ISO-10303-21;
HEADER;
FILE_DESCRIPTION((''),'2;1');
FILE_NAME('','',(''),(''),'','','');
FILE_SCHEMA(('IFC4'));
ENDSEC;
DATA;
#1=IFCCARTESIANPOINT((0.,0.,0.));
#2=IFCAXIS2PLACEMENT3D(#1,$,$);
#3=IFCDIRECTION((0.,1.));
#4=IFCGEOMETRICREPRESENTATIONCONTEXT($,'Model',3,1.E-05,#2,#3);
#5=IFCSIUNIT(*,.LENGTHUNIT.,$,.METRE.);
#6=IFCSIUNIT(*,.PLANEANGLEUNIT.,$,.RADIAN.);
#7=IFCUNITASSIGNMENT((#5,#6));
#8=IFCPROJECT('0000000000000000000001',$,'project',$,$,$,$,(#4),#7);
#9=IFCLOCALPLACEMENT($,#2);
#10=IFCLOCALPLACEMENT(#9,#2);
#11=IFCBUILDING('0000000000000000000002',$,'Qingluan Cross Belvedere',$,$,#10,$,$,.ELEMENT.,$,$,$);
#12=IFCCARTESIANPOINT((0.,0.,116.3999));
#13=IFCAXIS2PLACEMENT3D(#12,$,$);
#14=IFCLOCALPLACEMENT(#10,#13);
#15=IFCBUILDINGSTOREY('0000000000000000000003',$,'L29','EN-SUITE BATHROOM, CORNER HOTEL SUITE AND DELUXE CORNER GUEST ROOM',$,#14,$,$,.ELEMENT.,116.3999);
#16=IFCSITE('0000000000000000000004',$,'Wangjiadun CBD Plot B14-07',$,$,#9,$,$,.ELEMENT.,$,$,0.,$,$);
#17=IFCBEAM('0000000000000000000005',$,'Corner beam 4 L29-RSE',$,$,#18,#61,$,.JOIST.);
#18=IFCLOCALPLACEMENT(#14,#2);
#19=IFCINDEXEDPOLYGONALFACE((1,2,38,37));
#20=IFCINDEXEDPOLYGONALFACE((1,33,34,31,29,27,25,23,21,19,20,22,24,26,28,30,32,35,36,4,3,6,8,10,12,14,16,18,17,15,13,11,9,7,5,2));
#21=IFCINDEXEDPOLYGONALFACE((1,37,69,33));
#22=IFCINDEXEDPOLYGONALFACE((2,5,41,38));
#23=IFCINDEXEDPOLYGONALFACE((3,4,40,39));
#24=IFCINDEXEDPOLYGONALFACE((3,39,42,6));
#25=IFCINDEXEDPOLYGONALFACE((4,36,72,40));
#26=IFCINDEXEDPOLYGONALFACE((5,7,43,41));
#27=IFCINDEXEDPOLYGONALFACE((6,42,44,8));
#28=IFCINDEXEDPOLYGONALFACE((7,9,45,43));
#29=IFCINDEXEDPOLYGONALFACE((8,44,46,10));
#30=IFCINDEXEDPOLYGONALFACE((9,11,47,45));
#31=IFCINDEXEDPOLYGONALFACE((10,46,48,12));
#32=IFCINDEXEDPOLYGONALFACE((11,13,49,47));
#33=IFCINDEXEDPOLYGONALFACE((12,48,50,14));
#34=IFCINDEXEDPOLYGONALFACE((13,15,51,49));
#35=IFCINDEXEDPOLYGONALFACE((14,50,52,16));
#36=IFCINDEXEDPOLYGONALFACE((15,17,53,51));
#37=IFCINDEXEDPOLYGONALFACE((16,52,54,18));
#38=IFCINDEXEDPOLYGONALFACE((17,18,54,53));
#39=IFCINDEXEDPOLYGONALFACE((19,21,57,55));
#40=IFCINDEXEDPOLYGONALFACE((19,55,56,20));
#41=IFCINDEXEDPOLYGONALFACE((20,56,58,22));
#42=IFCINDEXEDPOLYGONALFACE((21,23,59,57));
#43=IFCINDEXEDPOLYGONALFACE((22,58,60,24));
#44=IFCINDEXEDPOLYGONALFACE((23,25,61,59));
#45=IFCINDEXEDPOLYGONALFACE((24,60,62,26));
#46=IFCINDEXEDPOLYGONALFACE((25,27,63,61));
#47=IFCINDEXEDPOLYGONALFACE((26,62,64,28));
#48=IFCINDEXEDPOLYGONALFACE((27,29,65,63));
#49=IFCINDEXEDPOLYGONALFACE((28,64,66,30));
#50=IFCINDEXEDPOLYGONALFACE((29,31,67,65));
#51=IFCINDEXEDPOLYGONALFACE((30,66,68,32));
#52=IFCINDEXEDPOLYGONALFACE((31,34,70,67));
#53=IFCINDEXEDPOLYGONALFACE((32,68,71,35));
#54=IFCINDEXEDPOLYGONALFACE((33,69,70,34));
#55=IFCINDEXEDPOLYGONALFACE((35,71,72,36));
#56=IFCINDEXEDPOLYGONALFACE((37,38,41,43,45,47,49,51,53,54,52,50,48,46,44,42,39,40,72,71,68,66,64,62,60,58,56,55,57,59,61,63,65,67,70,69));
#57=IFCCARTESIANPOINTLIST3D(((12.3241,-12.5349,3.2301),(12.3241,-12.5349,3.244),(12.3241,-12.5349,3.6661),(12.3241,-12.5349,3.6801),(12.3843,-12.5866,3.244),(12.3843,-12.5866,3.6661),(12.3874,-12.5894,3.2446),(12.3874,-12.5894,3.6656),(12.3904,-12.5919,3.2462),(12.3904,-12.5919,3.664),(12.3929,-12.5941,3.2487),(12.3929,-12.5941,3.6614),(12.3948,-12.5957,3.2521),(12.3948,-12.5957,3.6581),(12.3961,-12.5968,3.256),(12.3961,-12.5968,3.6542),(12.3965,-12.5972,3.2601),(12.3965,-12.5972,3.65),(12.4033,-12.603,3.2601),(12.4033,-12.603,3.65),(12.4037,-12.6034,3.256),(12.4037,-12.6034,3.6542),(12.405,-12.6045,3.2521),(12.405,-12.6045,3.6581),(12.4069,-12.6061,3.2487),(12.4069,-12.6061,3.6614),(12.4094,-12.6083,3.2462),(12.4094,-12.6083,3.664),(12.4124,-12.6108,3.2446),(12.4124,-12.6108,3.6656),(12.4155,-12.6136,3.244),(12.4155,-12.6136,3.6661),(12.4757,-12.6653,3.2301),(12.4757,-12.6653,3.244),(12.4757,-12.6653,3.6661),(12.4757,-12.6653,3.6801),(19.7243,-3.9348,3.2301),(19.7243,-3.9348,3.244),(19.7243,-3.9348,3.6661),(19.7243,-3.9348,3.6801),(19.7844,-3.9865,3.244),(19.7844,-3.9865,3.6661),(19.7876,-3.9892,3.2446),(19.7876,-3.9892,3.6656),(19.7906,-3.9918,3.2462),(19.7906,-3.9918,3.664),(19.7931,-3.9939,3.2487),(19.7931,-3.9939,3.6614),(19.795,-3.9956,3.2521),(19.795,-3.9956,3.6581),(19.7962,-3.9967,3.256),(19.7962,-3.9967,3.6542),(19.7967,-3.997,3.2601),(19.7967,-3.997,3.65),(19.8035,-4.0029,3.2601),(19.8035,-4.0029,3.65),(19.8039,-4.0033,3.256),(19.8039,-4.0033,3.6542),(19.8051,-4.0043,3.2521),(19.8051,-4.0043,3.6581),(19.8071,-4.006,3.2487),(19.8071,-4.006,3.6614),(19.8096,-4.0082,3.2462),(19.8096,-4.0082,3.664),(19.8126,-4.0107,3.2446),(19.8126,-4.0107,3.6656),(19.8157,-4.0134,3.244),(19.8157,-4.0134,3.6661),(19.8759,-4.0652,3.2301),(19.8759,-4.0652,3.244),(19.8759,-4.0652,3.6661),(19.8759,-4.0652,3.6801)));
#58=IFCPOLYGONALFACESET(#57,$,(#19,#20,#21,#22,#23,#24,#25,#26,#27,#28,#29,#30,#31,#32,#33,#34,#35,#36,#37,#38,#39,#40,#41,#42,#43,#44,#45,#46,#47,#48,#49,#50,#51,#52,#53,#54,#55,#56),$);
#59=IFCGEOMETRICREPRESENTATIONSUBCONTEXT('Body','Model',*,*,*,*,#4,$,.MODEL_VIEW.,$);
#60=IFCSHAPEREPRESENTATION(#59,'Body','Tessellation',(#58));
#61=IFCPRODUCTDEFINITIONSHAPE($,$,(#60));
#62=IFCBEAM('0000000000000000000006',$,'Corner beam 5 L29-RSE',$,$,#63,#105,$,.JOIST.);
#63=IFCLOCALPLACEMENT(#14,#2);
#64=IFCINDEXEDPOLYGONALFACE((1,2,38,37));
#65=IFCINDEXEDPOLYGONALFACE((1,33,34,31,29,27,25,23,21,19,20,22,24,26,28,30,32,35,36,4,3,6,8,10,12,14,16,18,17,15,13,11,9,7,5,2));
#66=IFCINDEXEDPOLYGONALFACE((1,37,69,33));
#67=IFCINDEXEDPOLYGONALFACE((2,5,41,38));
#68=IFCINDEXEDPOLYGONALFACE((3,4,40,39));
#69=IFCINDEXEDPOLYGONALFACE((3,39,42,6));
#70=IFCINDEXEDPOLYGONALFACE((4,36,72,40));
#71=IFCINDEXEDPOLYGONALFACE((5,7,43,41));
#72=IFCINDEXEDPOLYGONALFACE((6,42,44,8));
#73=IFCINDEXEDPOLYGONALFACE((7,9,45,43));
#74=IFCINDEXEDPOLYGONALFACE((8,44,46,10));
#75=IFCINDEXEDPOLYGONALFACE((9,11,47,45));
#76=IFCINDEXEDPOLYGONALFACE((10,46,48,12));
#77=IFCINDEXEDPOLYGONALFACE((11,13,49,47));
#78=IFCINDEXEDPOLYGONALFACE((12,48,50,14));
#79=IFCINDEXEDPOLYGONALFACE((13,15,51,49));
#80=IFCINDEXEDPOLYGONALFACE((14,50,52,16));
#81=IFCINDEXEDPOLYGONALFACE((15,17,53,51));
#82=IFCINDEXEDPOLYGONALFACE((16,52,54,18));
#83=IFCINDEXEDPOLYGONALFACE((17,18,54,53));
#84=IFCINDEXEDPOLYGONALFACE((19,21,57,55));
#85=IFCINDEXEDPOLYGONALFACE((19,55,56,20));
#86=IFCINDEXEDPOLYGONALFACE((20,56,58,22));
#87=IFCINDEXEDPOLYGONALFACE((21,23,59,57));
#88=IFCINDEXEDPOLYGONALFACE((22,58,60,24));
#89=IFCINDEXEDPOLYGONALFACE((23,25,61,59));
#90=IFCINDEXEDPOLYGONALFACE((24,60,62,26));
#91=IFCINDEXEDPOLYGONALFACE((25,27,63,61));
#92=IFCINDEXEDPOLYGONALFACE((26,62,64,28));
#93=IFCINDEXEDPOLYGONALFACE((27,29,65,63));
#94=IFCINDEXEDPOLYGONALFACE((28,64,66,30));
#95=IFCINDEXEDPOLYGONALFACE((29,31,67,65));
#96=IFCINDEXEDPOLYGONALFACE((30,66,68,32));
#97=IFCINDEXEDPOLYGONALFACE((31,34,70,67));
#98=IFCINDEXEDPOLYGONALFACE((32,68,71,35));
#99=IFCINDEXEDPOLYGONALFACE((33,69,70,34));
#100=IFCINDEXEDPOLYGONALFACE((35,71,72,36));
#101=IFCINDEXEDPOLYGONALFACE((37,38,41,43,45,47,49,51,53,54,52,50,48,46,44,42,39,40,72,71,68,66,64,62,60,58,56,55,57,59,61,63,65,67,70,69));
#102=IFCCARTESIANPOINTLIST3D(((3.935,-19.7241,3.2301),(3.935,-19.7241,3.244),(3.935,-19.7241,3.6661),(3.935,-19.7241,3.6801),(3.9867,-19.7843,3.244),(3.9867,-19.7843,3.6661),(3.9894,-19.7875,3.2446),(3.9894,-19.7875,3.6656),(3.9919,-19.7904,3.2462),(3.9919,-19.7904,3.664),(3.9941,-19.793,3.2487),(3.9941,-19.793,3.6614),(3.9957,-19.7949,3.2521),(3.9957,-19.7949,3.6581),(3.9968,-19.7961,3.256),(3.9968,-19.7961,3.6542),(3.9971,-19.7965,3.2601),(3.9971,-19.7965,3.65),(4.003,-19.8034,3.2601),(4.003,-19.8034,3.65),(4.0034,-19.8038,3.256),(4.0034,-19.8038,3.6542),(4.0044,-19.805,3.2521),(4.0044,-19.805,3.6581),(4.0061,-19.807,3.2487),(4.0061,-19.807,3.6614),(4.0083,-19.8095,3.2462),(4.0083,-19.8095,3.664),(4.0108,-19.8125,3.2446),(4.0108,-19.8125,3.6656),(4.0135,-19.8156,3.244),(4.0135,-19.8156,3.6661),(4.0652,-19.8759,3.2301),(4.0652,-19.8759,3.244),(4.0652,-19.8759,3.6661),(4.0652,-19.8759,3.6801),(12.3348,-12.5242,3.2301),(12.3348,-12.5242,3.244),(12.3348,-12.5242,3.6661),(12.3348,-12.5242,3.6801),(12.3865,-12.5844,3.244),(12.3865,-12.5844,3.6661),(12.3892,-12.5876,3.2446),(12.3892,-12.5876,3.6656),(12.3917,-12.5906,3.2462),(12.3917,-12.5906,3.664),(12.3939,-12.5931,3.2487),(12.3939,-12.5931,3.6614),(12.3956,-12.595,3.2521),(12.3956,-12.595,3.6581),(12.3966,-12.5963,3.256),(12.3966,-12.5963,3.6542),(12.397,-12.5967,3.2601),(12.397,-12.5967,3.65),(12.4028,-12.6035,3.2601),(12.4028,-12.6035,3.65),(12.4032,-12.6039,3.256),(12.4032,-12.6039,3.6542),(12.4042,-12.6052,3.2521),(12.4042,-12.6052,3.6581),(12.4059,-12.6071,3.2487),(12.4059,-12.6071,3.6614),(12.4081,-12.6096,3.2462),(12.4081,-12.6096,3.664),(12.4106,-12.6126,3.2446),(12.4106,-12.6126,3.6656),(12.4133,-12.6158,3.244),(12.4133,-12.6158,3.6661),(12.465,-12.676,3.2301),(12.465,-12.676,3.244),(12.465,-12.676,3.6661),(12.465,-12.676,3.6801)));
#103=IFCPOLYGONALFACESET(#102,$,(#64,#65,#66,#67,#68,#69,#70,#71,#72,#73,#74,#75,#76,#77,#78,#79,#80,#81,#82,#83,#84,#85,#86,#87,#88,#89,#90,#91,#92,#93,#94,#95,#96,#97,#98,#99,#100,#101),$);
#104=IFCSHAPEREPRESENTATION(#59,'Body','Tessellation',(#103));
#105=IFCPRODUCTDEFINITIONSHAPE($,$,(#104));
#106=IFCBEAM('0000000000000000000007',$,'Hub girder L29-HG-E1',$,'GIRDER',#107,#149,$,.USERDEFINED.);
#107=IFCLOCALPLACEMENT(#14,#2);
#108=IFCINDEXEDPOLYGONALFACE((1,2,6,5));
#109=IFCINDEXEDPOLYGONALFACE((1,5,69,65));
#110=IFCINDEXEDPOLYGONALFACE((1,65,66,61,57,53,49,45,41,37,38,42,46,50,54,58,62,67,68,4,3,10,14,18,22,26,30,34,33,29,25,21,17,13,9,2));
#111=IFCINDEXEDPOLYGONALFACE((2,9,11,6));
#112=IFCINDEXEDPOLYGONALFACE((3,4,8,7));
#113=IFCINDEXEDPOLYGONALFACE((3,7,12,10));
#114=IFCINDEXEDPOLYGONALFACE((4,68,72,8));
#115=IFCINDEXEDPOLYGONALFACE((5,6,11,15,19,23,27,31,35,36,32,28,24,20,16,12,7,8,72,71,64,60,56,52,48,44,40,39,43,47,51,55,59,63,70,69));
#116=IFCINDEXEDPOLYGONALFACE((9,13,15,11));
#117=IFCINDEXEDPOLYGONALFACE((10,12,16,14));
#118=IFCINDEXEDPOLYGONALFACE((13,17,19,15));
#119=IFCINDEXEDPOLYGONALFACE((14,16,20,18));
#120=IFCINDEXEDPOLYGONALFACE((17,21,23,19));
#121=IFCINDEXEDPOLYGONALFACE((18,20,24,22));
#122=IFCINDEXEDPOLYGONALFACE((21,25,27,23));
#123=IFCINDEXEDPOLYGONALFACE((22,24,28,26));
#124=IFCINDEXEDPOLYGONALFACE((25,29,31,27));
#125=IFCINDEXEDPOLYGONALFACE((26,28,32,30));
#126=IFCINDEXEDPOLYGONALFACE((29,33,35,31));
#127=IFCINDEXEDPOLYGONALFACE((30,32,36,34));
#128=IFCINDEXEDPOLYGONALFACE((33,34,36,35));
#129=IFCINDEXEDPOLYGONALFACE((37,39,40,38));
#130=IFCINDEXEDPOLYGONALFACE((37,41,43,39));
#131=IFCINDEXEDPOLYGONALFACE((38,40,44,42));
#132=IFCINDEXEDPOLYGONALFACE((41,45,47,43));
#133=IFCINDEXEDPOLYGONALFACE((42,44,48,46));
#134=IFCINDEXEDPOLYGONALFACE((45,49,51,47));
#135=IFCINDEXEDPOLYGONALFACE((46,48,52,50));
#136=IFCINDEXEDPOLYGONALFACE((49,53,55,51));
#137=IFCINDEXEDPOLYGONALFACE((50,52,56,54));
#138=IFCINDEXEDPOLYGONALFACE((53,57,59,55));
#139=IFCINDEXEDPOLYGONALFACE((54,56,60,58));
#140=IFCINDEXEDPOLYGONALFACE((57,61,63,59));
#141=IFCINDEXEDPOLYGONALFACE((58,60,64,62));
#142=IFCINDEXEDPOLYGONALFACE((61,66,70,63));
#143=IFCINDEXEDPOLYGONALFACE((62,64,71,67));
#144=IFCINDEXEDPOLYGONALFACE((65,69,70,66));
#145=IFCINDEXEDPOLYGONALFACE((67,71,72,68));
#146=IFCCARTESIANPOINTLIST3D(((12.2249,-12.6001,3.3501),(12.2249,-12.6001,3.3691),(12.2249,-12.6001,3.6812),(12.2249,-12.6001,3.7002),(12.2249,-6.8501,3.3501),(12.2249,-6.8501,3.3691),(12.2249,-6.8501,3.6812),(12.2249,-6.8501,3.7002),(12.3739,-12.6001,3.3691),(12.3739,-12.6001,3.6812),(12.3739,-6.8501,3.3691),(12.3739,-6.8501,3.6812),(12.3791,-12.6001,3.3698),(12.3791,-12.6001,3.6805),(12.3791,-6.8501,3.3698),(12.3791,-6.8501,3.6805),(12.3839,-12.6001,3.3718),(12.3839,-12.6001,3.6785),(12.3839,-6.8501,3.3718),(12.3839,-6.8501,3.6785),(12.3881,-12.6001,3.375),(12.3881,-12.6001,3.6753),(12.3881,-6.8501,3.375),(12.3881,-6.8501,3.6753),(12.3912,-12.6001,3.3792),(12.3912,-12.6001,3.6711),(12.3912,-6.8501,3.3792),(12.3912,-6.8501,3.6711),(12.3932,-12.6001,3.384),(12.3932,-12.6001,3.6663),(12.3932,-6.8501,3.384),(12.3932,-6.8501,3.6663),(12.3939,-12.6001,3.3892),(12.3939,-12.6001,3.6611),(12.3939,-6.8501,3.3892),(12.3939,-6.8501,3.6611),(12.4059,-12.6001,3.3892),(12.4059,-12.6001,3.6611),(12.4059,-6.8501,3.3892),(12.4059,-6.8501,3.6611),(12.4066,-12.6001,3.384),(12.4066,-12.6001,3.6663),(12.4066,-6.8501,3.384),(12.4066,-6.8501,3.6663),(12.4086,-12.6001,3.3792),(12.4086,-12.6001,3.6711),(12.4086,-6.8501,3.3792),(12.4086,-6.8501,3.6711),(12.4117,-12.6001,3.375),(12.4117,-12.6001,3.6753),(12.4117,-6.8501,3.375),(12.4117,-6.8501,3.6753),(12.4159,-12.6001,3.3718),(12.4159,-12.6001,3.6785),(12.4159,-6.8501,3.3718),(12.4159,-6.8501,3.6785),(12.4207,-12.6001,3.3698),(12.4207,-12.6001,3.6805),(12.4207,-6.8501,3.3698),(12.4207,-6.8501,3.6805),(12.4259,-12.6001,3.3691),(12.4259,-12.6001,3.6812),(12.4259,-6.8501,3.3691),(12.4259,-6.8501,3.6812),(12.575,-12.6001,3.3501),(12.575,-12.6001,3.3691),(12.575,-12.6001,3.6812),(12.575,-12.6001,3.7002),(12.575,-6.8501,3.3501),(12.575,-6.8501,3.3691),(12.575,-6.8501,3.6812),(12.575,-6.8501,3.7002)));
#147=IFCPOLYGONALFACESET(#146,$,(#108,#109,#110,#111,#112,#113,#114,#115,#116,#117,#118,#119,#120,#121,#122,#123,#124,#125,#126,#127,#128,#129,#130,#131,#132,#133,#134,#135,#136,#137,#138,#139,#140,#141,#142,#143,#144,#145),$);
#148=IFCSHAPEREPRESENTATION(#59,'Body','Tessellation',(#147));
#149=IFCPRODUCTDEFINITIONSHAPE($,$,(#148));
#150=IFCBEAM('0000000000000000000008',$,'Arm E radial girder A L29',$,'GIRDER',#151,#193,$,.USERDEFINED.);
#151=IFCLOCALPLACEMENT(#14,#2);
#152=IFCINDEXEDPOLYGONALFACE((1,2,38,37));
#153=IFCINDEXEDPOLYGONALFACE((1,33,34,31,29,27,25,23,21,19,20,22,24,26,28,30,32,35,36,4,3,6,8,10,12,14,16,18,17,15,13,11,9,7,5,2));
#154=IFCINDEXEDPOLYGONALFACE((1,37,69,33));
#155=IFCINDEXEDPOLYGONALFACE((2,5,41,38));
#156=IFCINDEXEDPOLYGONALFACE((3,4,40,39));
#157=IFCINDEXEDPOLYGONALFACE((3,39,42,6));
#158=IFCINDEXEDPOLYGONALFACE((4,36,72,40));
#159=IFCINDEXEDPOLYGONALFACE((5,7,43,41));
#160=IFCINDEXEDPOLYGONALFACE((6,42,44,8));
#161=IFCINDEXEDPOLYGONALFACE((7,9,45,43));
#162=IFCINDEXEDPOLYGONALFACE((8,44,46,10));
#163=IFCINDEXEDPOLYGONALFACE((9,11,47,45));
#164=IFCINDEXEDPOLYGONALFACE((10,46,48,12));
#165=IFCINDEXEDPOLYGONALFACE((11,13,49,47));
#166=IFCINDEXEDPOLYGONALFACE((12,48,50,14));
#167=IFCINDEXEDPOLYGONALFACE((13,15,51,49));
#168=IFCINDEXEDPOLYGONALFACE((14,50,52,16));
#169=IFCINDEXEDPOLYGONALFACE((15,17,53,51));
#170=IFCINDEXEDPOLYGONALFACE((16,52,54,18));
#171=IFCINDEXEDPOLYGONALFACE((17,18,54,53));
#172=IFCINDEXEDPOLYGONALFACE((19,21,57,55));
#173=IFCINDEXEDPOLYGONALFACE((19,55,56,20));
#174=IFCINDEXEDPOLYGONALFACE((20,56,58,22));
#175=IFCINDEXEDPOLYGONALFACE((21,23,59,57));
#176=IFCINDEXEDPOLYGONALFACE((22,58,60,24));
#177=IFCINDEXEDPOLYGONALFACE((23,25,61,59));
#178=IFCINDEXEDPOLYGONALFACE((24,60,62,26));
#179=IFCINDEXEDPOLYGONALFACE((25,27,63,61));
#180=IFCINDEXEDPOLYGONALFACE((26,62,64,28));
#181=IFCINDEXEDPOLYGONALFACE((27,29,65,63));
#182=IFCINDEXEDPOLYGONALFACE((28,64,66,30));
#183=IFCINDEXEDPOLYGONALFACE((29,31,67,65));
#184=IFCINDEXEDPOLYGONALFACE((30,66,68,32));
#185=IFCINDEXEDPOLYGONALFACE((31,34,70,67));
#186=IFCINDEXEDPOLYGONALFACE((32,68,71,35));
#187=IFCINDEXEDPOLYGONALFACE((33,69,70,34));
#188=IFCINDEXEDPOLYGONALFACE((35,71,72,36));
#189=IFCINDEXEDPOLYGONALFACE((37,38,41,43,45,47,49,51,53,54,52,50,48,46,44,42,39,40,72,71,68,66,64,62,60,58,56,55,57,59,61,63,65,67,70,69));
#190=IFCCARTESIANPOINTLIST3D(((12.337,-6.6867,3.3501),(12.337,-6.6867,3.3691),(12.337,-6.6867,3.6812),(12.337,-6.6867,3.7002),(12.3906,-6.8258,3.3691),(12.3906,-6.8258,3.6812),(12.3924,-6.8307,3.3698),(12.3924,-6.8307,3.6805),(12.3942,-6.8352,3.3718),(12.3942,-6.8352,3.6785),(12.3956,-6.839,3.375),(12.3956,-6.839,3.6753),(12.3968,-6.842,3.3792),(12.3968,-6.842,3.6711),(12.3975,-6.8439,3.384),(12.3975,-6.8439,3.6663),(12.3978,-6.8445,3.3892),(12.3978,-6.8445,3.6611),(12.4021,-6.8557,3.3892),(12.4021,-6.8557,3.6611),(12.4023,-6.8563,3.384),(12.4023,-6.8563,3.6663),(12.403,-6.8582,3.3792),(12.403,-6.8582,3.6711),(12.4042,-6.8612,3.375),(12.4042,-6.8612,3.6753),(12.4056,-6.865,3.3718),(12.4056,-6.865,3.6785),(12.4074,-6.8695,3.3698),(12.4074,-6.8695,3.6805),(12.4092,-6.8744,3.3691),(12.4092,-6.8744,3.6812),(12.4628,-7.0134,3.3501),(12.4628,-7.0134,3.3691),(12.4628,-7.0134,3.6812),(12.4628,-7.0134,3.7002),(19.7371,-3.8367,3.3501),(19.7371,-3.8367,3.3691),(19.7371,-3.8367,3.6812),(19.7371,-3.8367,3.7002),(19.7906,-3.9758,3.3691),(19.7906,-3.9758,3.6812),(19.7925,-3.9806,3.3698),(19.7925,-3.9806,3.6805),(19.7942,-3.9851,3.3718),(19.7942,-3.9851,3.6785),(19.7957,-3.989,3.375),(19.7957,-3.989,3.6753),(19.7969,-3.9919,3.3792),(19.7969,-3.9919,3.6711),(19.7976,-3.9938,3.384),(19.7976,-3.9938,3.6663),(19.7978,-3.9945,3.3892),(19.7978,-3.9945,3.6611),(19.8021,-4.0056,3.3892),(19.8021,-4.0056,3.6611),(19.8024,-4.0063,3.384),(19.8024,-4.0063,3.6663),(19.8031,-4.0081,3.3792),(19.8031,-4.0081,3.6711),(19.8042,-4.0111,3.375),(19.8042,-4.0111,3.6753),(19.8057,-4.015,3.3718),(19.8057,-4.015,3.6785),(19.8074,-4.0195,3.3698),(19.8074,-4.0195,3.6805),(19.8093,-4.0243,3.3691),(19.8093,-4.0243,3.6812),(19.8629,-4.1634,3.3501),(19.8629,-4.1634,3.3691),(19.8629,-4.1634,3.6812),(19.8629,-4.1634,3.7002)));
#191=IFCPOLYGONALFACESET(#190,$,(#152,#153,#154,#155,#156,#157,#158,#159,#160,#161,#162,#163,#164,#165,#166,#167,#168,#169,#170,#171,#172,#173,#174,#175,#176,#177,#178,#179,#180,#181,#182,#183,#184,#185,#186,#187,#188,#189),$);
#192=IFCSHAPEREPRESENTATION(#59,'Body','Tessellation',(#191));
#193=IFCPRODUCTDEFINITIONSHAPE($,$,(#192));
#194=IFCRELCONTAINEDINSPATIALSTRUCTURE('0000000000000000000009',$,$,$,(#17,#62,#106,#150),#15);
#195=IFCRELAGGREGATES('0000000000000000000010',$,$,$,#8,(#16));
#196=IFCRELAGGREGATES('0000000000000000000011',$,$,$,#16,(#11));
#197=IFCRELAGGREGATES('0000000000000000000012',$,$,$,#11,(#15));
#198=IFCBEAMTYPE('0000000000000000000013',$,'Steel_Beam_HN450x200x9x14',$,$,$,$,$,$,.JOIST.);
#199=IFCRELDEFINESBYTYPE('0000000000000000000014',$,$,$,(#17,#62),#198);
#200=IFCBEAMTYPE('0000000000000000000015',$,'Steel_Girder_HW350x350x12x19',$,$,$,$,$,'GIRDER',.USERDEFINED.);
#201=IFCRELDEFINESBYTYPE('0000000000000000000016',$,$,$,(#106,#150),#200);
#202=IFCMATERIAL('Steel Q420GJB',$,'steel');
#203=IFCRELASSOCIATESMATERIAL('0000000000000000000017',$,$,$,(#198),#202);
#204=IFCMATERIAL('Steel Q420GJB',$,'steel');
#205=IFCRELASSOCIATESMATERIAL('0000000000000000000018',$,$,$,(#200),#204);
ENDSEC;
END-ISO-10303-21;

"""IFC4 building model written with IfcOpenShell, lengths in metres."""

from ifc_helpers import new_model, si_unit, direction, frame, origin, origin_2d, place, context, subcontext, project, spatial, i_section, extrude, material, material_profile, profile_set, type_object, element, save


model = new_model("IFC4")

# Units and contexts
model_context = context("Model", 3, precision=1e-05, world=origin(), true_north=direction((0.0, 1.0)))
body_context = subcontext(model_context, "Body", "Model", "MODEL_VIEW")
ifc_project = project(units=[si_unit("LENGTHUNIT", "METRE"), si_unit("PLANEANGLEUNIT", "RADIAN")], contexts=[model_context])

# Site, building, storey
site_placement = place(None, origin())
site = spatial("IfcSite", under=ifc_project, at=site_placement, Name="Wangjiadun CBD Plot B14-07", CompositionType="ELEMENT", RefElevation=0.0)
building_placement = place(site_placement, origin())
building = spatial("IfcBuilding", under=site, at=building_placement, Name="Qingluan Cross Belvedere", CompositionType="ELEMENT")
storey_placement = place(building_placement, frame((0.0, 0.0, 116.3999)))
storey = spatial("IfcBuildingStorey", under=building, at=storey_placement, Name="L29", Description="EN-SUITE BATHROOM, CORNER HOTEL SUITE AND DELUXE CORNER GUEST ROOM", CompositionType="ELEMENT", Elevation=116.3999)

# Beams
ifc_material_1 = material(Name="Steel Q420GJB", Category="steel")
ifc_material_profile_1 = material_profile(ifc_material_1, i_section(OverallWidth=0.2, OverallDepth=0.45, WebThickness=0.009, FlangeThickness=0.0139, FilletRadius=0.0161, at=origin_2d()), Name="HN450x200x9x14")
ifc_profile_set_1 = profile_set([ifc_material_profile_1], Name="Steel Q420GJB")
beam_type_1 = type_object("IfcBeamType", Name="Steel_Beam_HN450x200x9x14", PredefinedType="JOIST", material=ifc_profile_set_1)
beam_1_placement = place(storey_placement, frame((12.3999, -12.6001, 3.4551), z_axis=(0.652245, 0.758008, 0.0), x_axis=(-0.758008, 0.652245, 0.0)))
element("IfcBeam", 1, at=beam_1_placement, inside=storey, type_object=beam_type_1, Name="Corner beam 4 L29-RSE", PredefinedType="JOIST", context=body_context, shape_type="SweptSolid", body=[
    extrude(i_section(OverallWidth=0.2, OverallDepth=0.45, WebThickness=0.009, FlangeThickness=0.0139, FilletRadius=0.0161, at=origin_2d()), origin(), (0.0, 0.0, 1.0), 11.3457),
])
beam_2_placement = place(storey_placement, frame((12.3999, -12.6001, 3.4551), z_axis=(-0.759255, -0.650793, 0.0), x_axis=(0.650793, -0.759255, 0.0)))
element("IfcBeam", 2, at=beam_2_placement, inside=storey, type_object=beam_type_1, Name="Corner beam 5 L29-RSE", PredefinedType="JOIST", context=body_context, shape_type="SweptSolid", body=[
    extrude(i_section(OverallWidth=0.2, OverallDepth=0.45, WebThickness=0.009, FlangeThickness=0.0139, FilletRadius=0.0161, at=origin_2d()), origin(), (0.0, 0.0, 1.0), 11.0632),
])
ifc_material_2 = material(Name="Steel Q420GJB", Category="steel")
ifc_material_profile_2 = material_profile(ifc_material_2, i_section(OverallWidth=0.3501, OverallDepth=0.3501, WebThickness=0.012, FlangeThickness=0.019, FilletRadius=0.02, at=origin_2d()), Name="HW350x350x12x19")
ifc_profile_set_2 = profile_set([ifc_material_profile_2], Name="Steel Q420GJB")
beam_type_2 = type_object("IfcBeamType", Name="Steel_Girder_HW350x350x12x19", ElementType="GIRDER", PredefinedType="USERDEFINED", material=ifc_profile_set_2)
beam_3_placement = place(storey_placement, frame((12.3999, -12.6001, 3.5251), z_axis=(0.0, 1.0, 0.0), x_axis=(-1.0, 0.0, 0.0)))
element("IfcBeam", 3, at=beam_3_placement, inside=storey, type_object=beam_type_2, Name="Hub girder L29-HG-E1", ObjectType="GIRDER", PredefinedType="USERDEFINED", context=body_context, shape_type="SweptSolid", body=[
    extrude(i_section(OverallWidth=0.3501, OverallDepth=0.3501, WebThickness=0.012, FlangeThickness=0.019, FilletRadius=0.02, at=origin_2d()), origin(), (0.0, 0.0, 1.0), 5.75),
])
beam_4_placement = place(storey_placement, frame((12.3999, -6.8501, 3.5251), z_axis=(0.933181, 0.359406, 0.0), x_axis=(-0.359406, 0.933181, 0.0)))
element("IfcBeam", 4, at=beam_4_placement, inside=storey, type_object=beam_type_2, Name="Arm E radial girder A L29", ObjectType="GIRDER", PredefinedType="USERDEFINED", context=body_context, shape_type="SweptSolid", body=[
    extrude(i_section(OverallWidth=0.3501, OverallDepth=0.3501, WebThickness=0.012, FlangeThickness=0.019, FilletRadius=0.02, at=origin_2d()), origin(), (0.0, 0.0, 1.0), 7.9299),
])

save(model, "model.ifc")
